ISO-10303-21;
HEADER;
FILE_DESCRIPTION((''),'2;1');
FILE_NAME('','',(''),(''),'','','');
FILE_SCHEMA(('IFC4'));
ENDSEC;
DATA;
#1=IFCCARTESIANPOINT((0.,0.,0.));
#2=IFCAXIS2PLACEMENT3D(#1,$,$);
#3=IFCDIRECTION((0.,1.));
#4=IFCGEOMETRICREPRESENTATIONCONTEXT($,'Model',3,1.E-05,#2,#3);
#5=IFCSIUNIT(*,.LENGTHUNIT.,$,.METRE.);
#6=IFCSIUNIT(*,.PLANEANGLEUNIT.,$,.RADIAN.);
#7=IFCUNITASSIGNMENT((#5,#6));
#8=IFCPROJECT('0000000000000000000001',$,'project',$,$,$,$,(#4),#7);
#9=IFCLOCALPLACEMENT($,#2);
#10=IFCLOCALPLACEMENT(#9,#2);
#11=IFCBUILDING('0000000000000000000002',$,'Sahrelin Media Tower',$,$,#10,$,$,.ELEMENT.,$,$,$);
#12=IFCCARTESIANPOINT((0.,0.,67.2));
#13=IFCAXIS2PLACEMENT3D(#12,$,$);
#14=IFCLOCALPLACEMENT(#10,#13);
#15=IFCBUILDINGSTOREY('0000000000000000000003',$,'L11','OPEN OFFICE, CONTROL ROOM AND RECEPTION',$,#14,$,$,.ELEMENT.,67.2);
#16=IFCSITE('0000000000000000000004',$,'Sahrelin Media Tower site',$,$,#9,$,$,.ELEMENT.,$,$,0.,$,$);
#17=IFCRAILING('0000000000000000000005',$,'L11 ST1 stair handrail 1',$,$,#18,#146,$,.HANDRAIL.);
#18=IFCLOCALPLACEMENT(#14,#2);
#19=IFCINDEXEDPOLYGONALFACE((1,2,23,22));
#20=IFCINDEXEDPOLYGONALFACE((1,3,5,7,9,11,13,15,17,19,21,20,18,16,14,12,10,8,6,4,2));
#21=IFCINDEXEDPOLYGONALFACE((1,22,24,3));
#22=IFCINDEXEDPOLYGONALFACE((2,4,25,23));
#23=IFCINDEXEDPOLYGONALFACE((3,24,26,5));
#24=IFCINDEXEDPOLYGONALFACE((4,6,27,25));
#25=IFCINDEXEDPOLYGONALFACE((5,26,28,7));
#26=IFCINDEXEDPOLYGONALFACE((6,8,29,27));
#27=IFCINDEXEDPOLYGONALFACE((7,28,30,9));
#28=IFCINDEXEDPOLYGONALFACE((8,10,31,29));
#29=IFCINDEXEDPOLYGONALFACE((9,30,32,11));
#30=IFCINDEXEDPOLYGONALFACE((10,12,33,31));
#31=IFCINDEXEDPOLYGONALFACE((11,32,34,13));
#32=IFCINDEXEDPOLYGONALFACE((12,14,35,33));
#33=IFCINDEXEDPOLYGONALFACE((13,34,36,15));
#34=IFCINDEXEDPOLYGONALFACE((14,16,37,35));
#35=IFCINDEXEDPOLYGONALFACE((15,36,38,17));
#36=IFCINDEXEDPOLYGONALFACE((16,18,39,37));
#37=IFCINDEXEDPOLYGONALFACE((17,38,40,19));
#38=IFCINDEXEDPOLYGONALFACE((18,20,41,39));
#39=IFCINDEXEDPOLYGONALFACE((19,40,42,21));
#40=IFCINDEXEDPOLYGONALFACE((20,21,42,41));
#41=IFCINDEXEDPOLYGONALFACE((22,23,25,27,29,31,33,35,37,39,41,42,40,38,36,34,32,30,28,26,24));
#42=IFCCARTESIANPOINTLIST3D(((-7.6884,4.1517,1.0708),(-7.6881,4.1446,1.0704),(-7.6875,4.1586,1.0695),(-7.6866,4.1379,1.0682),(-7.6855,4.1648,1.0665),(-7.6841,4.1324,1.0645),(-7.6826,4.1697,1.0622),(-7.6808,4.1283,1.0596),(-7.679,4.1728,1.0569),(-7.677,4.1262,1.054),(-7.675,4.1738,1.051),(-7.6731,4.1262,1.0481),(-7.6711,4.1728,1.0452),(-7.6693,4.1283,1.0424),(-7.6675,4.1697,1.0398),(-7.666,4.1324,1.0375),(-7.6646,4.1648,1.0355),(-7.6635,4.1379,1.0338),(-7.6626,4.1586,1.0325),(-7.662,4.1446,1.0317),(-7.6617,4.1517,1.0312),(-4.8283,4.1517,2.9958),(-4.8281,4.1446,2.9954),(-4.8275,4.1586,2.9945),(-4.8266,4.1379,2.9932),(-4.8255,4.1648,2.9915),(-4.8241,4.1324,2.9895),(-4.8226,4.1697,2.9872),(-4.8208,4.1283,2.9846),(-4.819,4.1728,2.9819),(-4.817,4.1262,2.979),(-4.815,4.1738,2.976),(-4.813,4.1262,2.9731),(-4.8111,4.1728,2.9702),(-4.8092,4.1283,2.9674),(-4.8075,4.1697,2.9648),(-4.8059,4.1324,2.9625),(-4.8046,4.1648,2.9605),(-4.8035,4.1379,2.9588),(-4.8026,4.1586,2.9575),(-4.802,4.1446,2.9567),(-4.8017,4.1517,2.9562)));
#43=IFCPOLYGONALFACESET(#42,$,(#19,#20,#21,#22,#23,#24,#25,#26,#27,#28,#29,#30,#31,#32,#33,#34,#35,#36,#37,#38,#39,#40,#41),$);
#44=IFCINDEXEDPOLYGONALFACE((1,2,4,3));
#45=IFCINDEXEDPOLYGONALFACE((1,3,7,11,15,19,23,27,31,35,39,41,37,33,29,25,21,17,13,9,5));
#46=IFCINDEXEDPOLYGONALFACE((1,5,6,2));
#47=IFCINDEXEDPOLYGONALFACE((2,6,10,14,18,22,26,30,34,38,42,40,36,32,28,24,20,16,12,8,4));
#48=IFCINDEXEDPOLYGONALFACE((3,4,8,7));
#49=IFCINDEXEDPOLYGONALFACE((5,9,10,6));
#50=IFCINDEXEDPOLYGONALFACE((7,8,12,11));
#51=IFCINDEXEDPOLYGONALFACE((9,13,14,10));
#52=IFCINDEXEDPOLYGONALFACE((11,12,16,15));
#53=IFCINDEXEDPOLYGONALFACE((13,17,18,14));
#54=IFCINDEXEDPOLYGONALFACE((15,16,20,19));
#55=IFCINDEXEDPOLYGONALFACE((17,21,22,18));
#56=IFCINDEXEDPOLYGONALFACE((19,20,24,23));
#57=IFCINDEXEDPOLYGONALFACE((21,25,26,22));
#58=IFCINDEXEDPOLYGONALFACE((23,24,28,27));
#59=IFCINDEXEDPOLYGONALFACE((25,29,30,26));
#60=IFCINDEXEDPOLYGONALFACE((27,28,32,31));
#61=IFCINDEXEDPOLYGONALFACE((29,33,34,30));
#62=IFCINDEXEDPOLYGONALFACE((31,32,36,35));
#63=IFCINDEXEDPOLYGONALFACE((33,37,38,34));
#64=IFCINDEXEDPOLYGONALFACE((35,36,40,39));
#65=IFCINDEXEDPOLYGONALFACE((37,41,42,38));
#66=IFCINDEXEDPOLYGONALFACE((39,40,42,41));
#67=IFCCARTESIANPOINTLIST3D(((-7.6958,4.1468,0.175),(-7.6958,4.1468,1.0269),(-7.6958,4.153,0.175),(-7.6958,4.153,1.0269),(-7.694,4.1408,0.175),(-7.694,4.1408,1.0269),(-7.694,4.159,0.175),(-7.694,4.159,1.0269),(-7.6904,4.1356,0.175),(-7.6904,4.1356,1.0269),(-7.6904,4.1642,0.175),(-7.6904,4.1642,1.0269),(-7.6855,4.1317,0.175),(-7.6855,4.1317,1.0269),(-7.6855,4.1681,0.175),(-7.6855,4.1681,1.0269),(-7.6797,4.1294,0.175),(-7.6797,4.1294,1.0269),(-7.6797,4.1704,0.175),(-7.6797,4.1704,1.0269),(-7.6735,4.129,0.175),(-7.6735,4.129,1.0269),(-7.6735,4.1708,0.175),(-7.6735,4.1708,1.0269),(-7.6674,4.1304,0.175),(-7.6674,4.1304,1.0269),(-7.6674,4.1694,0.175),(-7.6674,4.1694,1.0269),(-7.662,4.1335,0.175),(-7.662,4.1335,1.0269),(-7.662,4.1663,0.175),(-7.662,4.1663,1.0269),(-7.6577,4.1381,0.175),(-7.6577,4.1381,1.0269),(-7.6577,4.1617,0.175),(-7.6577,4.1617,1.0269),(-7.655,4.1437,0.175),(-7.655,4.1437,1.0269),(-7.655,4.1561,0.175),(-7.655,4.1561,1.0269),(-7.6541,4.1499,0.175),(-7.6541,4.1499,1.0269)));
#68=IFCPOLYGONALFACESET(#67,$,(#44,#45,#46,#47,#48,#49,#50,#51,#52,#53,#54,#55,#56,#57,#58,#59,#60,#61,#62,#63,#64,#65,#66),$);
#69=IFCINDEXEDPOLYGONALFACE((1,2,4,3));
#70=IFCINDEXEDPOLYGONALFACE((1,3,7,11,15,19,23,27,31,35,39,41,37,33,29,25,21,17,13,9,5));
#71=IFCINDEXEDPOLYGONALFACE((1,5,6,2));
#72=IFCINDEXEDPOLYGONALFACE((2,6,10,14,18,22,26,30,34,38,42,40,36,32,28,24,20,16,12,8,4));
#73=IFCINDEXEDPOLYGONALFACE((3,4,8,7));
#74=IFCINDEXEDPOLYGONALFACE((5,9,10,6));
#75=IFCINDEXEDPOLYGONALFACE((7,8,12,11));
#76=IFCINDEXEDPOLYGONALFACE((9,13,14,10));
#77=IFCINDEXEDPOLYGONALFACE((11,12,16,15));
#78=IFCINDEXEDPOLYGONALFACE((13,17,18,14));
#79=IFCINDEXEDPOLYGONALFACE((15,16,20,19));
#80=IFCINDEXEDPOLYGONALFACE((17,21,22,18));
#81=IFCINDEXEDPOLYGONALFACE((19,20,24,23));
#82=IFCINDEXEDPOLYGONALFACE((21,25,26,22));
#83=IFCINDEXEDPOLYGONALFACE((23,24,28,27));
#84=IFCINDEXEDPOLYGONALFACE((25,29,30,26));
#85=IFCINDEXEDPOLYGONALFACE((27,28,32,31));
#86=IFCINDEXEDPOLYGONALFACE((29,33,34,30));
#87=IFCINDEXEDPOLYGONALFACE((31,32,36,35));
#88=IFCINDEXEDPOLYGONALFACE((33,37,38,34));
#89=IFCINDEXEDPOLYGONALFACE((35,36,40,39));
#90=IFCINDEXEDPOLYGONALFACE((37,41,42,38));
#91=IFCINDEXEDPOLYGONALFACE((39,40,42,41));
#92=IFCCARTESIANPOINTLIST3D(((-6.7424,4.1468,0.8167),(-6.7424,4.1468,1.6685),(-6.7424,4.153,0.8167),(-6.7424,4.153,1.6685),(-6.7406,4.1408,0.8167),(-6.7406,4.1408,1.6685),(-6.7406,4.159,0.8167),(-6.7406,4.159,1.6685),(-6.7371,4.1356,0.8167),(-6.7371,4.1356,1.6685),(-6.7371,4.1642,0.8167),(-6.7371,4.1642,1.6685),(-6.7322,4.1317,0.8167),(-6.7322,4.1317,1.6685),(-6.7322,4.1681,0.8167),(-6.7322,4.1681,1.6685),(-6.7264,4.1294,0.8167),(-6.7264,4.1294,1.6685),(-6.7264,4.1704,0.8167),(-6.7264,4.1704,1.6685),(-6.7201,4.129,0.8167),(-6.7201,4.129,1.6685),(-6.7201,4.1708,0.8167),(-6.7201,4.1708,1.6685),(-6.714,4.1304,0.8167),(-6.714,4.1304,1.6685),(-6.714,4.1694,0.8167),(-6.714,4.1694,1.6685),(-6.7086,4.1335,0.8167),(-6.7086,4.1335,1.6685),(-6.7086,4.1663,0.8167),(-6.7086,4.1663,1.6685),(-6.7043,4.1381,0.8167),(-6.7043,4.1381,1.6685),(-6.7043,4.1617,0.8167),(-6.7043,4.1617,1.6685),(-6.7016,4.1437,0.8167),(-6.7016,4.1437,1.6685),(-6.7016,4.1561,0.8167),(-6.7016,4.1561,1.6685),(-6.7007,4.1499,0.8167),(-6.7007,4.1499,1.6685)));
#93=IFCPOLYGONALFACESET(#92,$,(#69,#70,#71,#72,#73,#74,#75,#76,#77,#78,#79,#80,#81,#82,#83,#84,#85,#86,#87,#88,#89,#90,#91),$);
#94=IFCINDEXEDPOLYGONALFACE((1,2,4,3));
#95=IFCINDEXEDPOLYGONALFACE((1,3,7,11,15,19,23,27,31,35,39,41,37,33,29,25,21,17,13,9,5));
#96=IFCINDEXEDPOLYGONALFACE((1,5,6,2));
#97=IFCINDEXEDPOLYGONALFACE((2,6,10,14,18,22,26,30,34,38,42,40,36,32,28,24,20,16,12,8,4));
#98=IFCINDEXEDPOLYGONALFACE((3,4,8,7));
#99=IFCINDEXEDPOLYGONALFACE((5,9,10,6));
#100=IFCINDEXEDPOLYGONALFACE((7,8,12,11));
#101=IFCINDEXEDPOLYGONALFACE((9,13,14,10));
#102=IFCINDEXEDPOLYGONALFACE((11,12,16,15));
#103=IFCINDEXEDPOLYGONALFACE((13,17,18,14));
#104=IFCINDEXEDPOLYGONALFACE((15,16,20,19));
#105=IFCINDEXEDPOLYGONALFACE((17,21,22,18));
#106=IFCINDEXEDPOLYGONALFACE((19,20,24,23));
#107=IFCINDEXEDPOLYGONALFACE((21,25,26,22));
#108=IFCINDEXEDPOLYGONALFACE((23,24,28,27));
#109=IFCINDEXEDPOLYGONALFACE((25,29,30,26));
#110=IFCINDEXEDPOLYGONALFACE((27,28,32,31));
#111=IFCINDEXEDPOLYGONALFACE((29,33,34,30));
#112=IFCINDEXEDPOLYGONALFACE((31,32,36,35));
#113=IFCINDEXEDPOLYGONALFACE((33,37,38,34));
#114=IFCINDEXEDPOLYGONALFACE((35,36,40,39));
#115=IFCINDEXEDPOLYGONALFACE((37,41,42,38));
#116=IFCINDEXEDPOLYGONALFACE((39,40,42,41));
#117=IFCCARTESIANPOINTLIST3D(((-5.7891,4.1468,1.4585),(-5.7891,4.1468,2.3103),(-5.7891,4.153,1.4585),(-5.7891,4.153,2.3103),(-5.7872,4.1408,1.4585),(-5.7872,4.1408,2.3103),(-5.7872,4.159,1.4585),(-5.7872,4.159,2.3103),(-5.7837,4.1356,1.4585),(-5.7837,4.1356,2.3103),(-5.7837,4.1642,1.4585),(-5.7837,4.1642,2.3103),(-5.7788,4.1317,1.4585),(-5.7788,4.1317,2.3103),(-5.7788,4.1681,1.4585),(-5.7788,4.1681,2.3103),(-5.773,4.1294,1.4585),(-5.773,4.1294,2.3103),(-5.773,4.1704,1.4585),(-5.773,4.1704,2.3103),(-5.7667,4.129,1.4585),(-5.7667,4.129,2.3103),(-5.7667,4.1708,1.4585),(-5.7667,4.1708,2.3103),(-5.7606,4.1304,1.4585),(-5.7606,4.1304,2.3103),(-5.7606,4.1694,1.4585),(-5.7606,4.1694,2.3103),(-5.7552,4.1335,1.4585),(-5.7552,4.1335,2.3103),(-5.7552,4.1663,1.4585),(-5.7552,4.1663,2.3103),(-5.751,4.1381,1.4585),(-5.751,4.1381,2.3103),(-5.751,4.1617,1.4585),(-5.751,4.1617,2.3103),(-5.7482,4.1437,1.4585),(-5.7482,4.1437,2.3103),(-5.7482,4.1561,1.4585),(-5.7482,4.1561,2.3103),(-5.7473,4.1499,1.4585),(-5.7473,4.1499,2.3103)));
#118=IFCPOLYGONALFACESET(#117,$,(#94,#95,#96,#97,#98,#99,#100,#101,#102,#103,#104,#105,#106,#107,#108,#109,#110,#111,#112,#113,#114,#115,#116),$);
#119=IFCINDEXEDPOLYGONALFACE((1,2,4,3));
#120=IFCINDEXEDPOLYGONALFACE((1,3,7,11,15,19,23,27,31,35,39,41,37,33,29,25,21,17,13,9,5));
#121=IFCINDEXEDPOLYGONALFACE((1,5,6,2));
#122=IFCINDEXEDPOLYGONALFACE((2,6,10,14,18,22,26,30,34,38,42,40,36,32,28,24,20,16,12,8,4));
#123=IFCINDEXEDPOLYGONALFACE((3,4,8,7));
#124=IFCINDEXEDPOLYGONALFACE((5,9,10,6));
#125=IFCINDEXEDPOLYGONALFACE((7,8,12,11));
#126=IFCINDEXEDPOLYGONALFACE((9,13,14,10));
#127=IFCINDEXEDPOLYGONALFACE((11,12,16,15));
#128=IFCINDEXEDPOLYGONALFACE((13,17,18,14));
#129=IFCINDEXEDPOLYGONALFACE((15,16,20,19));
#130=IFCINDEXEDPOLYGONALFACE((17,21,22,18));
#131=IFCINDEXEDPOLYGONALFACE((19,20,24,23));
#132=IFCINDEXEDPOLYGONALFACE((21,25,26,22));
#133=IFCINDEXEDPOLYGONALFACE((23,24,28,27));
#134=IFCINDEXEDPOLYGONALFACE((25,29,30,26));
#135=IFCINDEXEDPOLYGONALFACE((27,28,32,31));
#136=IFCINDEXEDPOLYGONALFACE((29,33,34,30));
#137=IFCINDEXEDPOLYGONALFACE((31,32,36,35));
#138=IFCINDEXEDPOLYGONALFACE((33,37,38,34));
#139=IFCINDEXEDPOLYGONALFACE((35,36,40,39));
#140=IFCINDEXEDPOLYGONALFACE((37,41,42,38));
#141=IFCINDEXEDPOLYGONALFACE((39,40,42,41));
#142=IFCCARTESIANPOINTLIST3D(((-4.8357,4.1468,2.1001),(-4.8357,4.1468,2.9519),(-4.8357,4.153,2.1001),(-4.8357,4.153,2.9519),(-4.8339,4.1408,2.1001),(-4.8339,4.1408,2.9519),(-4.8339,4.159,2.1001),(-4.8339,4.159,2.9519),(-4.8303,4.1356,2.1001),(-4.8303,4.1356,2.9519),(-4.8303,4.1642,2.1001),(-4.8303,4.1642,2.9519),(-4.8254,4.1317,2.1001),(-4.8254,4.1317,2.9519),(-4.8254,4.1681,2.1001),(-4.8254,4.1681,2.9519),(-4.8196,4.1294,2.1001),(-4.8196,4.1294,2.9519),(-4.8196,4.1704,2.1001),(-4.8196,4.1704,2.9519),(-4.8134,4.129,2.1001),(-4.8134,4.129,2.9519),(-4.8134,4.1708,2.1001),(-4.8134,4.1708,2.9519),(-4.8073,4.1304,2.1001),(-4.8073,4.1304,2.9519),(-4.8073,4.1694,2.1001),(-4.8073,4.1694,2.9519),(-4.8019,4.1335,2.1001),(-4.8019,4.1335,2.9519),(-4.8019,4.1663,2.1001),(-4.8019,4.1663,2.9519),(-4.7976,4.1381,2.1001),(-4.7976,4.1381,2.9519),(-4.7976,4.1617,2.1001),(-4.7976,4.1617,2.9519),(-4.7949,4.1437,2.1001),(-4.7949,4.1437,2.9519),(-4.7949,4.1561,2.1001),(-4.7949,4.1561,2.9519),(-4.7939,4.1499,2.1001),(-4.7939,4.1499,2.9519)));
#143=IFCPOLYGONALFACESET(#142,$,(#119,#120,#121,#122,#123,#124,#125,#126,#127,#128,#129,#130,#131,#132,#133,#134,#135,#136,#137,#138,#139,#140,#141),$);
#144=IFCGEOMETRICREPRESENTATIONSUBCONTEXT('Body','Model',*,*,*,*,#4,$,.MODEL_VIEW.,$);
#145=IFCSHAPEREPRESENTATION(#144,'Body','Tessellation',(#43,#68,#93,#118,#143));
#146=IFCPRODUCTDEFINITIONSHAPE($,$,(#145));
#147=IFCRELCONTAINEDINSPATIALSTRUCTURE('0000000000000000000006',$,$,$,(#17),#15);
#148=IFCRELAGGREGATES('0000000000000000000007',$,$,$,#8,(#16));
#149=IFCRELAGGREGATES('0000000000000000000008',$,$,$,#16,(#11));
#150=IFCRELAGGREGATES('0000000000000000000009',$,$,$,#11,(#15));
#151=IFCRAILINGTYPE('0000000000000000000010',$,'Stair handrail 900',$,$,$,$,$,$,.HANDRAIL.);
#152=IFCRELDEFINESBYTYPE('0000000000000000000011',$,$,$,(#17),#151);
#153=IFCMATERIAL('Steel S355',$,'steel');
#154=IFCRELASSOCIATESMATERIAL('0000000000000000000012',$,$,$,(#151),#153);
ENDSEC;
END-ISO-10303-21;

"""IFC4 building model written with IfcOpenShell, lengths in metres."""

from ifc_helpers import new_model, si_unit, direction, frame, origin, origin_2d, place, context, subcontext, project, spatial, circle, extrude, material, type_object, element, save


model = new_model("IFC4")

# Units and contexts
model_context = context("Model", 3, precision=1e-05, world=origin(), true_north=direction((0.0, 1.0)))
body_context = subcontext(model_context, "Body", "Model", "MODEL_VIEW")
ifc_project = project(units=[si_unit("LENGTHUNIT", "METRE"), si_unit("PLANEANGLEUNIT", "RADIAN")], contexts=[model_context])

# Site, building, storey
site_placement = place(None, origin())
site = spatial("IfcSite", under=ifc_project, at=site_placement, Name="Sahrelin Media Tower site", CompositionType="ELEMENT", RefElevation=0.0)
building_placement = place(site_placement, origin())
building = spatial("IfcBuilding", under=site, at=building_placement, Name="Sahrelin Media Tower", CompositionType="ELEMENT")
storey_placement = place(building_placement, frame((0.0, 0.0, 67.2)))
storey = spatial("IfcBuildingStorey", under=building, at=storey_placement, Name="L11", Description="OPEN OFFICE, CONTROL ROOM AND RECEPTION", CompositionType="ELEMENT", Elevation=67.2)

# Shared definitions
ifc_material_1 = material(Name="Steel S355", Category="steel")

# Railing
railing_type_1 = type_object("IfcRailingType", Name="Stair handrail 900", PredefinedType="HANDRAIL", material=ifc_material_1)
railing_1_placement = place(storey_placement, frame((-7.675, 4.1499, 0.175)))
element("IfcRailing", 1, at=railing_1_placement, inside=storey, type_object=railing_type_1, Name="L11 ST1 stair handrail 1", PredefinedType="HANDRAIL", context=body_context, shape_type="SweptSolid", body=[
    extrude(circle(Radius=0.0239, at=origin_2d()), frame((0.0, 0.0, 0.876), z_axis=(0.829591, 0.0, 0.558372), x_axis=(0.0, 1.0, 0.0)), (0.0, 0.0, 1.0), 3.4475),
    extrude(circle(Radius=0.021, at=origin_2d()), origin(), (0.0, 0.0, 1.0), 0.8518),
    extrude(circle(Radius=0.021, at=origin_2d()), frame((0.9534, 0.0, 0.6416)), (0.0, 0.0, 1.0), 0.8518),
    extrude(circle(Radius=0.021, at=origin_2d()), frame((1.9067, 0.0, 1.2834)), (0.0, 0.0, 1.0), 0.8518),
    extrude(circle(Radius=0.021, at=origin_2d()), frame((2.8601, 0.0, 1.925)), (0.0, 0.0, 1.0), 0.8518),
])

save(model, "model.ifc")
